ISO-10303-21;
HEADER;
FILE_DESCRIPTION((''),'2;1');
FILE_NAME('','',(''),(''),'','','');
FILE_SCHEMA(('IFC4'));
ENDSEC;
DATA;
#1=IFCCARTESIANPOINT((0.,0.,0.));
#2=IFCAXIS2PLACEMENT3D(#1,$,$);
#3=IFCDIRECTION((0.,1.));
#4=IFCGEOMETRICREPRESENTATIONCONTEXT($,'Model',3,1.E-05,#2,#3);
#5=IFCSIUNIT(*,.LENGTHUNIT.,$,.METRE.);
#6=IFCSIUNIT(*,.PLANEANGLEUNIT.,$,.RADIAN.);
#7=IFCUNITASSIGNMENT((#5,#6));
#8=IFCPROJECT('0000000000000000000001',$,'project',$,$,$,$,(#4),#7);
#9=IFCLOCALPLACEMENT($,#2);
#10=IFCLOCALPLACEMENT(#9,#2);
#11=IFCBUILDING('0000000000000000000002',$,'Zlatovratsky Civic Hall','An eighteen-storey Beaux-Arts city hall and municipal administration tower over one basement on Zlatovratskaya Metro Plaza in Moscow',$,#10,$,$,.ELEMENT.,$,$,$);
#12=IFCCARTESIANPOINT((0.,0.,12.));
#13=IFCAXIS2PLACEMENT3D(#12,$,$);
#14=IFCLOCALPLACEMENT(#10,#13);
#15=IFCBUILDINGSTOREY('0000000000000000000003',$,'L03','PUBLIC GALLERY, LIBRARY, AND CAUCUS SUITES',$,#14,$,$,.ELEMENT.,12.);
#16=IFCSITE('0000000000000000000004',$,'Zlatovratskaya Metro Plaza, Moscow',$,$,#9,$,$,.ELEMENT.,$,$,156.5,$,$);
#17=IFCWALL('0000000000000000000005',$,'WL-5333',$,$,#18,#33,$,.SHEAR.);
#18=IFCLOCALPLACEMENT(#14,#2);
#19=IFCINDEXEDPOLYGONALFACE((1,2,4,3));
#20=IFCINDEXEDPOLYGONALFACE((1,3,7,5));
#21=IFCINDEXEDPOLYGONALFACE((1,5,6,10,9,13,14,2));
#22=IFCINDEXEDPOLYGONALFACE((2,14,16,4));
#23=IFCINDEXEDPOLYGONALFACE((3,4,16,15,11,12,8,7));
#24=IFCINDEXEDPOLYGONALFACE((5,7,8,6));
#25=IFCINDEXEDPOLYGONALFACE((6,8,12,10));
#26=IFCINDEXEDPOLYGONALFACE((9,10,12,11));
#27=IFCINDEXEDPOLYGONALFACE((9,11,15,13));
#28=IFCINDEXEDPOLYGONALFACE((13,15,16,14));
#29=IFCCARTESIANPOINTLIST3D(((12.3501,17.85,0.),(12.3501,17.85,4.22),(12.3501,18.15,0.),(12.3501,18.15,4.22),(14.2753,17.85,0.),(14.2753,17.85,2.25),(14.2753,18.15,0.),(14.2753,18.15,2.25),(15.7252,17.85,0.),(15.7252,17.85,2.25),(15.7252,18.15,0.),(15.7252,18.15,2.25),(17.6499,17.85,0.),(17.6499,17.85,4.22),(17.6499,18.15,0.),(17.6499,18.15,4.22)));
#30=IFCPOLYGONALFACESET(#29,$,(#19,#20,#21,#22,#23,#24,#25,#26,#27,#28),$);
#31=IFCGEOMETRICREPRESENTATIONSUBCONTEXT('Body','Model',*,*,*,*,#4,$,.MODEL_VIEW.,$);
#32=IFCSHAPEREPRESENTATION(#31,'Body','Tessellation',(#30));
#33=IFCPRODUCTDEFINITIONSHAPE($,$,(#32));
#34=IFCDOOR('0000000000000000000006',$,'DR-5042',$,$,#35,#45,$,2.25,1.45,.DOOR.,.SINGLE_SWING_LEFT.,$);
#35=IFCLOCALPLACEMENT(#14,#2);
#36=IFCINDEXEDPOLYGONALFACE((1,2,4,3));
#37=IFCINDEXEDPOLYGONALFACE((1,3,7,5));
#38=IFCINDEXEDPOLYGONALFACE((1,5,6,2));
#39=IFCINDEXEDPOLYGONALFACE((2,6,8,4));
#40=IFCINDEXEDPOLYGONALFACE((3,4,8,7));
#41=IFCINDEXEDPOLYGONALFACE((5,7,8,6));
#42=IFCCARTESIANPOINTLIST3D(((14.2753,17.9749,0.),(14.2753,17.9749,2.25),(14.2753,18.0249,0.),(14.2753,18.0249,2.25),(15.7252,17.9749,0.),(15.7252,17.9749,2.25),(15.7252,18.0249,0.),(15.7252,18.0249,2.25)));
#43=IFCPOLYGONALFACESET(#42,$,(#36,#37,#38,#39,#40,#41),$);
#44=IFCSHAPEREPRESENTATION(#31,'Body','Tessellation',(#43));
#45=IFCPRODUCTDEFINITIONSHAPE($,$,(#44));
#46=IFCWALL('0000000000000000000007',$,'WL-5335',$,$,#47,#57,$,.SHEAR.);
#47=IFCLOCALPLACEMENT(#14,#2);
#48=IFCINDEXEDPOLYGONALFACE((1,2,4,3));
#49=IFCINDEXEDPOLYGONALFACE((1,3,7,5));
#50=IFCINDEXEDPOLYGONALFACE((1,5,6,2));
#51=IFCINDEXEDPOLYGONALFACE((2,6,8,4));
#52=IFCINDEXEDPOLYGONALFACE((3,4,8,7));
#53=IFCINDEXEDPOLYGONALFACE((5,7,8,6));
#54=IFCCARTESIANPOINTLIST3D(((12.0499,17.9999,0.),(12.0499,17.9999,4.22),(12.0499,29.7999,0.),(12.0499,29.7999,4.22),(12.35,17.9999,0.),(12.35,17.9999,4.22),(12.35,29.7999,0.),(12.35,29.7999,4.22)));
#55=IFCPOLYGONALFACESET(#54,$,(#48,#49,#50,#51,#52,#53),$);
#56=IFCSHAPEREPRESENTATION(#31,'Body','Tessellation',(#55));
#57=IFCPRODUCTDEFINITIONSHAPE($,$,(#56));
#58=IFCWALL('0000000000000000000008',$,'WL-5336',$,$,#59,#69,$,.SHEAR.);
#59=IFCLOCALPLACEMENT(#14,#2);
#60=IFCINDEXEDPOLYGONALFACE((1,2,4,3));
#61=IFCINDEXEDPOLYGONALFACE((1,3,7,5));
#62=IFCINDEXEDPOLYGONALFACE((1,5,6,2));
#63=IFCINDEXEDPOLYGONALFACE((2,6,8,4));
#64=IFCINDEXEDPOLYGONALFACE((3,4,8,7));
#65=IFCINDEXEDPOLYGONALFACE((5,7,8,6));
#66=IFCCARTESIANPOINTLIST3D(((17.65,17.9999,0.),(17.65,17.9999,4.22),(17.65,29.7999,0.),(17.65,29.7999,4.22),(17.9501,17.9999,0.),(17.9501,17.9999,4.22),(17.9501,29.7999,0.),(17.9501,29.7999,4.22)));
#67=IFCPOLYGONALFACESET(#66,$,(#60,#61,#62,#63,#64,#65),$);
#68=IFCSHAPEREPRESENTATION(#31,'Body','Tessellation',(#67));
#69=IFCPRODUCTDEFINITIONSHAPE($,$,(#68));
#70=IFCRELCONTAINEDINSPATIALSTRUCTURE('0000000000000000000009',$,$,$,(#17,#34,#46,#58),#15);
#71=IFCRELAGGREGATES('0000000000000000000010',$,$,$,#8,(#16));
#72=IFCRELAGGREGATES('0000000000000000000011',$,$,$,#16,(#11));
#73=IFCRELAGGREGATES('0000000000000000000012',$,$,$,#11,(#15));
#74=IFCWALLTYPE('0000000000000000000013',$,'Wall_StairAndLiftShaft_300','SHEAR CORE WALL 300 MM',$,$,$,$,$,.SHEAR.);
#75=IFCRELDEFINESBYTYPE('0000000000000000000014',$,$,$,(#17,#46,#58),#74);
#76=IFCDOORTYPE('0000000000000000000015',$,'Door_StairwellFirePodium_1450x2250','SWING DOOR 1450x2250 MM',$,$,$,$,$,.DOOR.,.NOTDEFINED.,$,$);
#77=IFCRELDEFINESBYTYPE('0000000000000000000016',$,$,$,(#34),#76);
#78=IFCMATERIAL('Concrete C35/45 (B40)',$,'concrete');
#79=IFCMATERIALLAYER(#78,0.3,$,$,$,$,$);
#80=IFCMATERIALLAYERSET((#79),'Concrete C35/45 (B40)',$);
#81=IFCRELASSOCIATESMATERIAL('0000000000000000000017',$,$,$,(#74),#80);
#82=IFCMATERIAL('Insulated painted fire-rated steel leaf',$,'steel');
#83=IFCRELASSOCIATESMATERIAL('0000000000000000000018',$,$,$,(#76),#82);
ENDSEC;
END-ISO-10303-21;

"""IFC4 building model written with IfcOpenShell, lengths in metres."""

from ifc_helpers import new_model, si_unit, direction, frame, frame_2d, origin, place, context, subcontext, project, spatial, rectangle, extrude, material, layer, layer_set, type_object, element, fill, save


model = new_model("IFC4")

# Units and contexts
model_context = context("Model", 3, precision=1e-05, world=origin(), true_north=direction((0.0, 1.0)))
body_context = subcontext(model_context, "Body", "Model", "MODEL_VIEW")
ifc_project = project(units=[si_unit("LENGTHUNIT", "METRE"), si_unit("PLANEANGLEUNIT", "RADIAN")], contexts=[model_context])

# Site, building, storey
site_placement = place(None, origin())
site = spatial("IfcSite", under=ifc_project, at=site_placement, Name="Zlatovratskaya Metro Plaza, Moscow", CompositionType="ELEMENT", RefElevation=156.5)
building_placement = place(site_placement, origin())
building = spatial("IfcBuilding", under=site, at=building_placement, Name="Zlatovratsky Civic Hall", Description="An eighteen-storey Beaux-Arts city hall and municipal administration tower over one basement on Zlatovratskaya Metro Plaza in Moscow", CompositionType="ELEMENT")
storey_placement = place(building_placement, frame((0.0, 0.0, 12.0)))
storey = spatial("IfcBuildingStorey", under=building, at=storey_placement, Name="L03", Description="PUBLIC GALLERY, LIBRARY, AND CAUCUS SUITES", CompositionType="ELEMENT", Elevation=12.0)

# Shared definitions
ifc_material_1 = material(Name="Concrete C35/45 (B40)", Category="concrete")

# Wall, opening, door
ifc_layer_1 = layer(ifc_material_1, 0.3)
ifc_layer_set_1 = layer_set([ifc_layer_1], Name="Concrete C35/45 (B40)")
wall_type_1 = type_object("IfcWallType", Name="Wall_StairAndLiftShaft_300", Description="SHEAR CORE WALL 300 MM", PredefinedType="SHEAR", material=ifc_layer_set_1)
wall_1_placement = place(storey_placement, frame((12.3501, 18.0, 0.0), z_axis=(0.0, 0.0, 1.0), x_axis=(1.0, 0.0, 0.0)))
wall_1 = element("IfcWall", 1, at=wall_1_placement, inside=storey, type_object=wall_type_1, Name="WL-5333", PredefinedType="SHEAR", context=body_context, shape_type="SweptSolid", body=[
    extrude(rectangle(XDim=5.2998, YDim=0.3, at=frame_2d((2.6499, 0.0))), origin(), (0.0, 0.0, 1.0), 4.22),
])
opening_1_placement = place(wall_1_placement, frame((1.925, 0.0, 0.0)))
opening_1 = element("IfcOpeningElement", 2, at=opening_1_placement, cuts=wall_1, PredefinedType="OPENING", context=body_context, shape_type="SweptSolid", body=[
    extrude(rectangle(XDim=1.45, YDim=2.25, at=frame_2d((0.7251, 1.125))), frame((0.0, 0.165, 0.0), z_axis=(0.0, -1.0, 0.0), x_axis=(1.0, 0.0, 0.0)), (0.0, 0.0, 1.0), 0.3298),
])
ifc_material_2 = material(Name="Insulated painted fire-rated steel leaf", Category="steel")
door_type = type_object("IfcDoorType", Name="Door_StairwellFirePodium_1450x2250", Description="SWING DOOR 1450x2250 MM", OperationType="NOTDEFINED", PredefinedType="DOOR", material=ifc_material_2)
door_placement = place(opening_1_placement, origin())
door = element("IfcDoor", 3, at=door_placement, inside=storey, type_object=door_type, Name="DR-5042", OperationType="SINGLE_SWING_LEFT", OverallHeight=2.25, OverallWidth=1.45, PredefinedType="DOOR", context=body_context, shape_type="SweptSolid", body=[
    extrude(rectangle(XDim=1.45, YDim=2.25, at=frame_2d((0.7251, 1.125))), frame((0.0, 0.0249, 0.0), z_axis=(0.0, -1.0, 0.0), x_axis=(1.0, 0.0, 0.0)), (0.0, 0.0, 1.0), 0.05),
])
fill(opening_1, door)

# Walls
for number, where, z_axis, x_axis, name in (
    (4, (12.2, 18.0, 0.0), (0.0, 0.0, 1.0), (0.0, 1.0, 0.0), "WL-5335"),
    (5, (17.8, 18.0, 0.0), (0.0, 0.0, 1.0), (0.0, 1.0, 0.0), "WL-5336"),
):
    element("IfcWall", number, at=place(storey_placement, frame(where, z_axis=z_axis, x_axis=x_axis)), inside=storey, type_object=wall_type_1, Name=name, PredefinedType="SHEAR", context=body_context, shape_type="SweptSolid", body=[
        extrude(rectangle(XDim=11.8, YDim=0.3, at=frame_2d((5.8999, 0.0))), origin(), (0.0, 0.0, 1.0), 4.22),
    ])

save(model, "model.ifc")
